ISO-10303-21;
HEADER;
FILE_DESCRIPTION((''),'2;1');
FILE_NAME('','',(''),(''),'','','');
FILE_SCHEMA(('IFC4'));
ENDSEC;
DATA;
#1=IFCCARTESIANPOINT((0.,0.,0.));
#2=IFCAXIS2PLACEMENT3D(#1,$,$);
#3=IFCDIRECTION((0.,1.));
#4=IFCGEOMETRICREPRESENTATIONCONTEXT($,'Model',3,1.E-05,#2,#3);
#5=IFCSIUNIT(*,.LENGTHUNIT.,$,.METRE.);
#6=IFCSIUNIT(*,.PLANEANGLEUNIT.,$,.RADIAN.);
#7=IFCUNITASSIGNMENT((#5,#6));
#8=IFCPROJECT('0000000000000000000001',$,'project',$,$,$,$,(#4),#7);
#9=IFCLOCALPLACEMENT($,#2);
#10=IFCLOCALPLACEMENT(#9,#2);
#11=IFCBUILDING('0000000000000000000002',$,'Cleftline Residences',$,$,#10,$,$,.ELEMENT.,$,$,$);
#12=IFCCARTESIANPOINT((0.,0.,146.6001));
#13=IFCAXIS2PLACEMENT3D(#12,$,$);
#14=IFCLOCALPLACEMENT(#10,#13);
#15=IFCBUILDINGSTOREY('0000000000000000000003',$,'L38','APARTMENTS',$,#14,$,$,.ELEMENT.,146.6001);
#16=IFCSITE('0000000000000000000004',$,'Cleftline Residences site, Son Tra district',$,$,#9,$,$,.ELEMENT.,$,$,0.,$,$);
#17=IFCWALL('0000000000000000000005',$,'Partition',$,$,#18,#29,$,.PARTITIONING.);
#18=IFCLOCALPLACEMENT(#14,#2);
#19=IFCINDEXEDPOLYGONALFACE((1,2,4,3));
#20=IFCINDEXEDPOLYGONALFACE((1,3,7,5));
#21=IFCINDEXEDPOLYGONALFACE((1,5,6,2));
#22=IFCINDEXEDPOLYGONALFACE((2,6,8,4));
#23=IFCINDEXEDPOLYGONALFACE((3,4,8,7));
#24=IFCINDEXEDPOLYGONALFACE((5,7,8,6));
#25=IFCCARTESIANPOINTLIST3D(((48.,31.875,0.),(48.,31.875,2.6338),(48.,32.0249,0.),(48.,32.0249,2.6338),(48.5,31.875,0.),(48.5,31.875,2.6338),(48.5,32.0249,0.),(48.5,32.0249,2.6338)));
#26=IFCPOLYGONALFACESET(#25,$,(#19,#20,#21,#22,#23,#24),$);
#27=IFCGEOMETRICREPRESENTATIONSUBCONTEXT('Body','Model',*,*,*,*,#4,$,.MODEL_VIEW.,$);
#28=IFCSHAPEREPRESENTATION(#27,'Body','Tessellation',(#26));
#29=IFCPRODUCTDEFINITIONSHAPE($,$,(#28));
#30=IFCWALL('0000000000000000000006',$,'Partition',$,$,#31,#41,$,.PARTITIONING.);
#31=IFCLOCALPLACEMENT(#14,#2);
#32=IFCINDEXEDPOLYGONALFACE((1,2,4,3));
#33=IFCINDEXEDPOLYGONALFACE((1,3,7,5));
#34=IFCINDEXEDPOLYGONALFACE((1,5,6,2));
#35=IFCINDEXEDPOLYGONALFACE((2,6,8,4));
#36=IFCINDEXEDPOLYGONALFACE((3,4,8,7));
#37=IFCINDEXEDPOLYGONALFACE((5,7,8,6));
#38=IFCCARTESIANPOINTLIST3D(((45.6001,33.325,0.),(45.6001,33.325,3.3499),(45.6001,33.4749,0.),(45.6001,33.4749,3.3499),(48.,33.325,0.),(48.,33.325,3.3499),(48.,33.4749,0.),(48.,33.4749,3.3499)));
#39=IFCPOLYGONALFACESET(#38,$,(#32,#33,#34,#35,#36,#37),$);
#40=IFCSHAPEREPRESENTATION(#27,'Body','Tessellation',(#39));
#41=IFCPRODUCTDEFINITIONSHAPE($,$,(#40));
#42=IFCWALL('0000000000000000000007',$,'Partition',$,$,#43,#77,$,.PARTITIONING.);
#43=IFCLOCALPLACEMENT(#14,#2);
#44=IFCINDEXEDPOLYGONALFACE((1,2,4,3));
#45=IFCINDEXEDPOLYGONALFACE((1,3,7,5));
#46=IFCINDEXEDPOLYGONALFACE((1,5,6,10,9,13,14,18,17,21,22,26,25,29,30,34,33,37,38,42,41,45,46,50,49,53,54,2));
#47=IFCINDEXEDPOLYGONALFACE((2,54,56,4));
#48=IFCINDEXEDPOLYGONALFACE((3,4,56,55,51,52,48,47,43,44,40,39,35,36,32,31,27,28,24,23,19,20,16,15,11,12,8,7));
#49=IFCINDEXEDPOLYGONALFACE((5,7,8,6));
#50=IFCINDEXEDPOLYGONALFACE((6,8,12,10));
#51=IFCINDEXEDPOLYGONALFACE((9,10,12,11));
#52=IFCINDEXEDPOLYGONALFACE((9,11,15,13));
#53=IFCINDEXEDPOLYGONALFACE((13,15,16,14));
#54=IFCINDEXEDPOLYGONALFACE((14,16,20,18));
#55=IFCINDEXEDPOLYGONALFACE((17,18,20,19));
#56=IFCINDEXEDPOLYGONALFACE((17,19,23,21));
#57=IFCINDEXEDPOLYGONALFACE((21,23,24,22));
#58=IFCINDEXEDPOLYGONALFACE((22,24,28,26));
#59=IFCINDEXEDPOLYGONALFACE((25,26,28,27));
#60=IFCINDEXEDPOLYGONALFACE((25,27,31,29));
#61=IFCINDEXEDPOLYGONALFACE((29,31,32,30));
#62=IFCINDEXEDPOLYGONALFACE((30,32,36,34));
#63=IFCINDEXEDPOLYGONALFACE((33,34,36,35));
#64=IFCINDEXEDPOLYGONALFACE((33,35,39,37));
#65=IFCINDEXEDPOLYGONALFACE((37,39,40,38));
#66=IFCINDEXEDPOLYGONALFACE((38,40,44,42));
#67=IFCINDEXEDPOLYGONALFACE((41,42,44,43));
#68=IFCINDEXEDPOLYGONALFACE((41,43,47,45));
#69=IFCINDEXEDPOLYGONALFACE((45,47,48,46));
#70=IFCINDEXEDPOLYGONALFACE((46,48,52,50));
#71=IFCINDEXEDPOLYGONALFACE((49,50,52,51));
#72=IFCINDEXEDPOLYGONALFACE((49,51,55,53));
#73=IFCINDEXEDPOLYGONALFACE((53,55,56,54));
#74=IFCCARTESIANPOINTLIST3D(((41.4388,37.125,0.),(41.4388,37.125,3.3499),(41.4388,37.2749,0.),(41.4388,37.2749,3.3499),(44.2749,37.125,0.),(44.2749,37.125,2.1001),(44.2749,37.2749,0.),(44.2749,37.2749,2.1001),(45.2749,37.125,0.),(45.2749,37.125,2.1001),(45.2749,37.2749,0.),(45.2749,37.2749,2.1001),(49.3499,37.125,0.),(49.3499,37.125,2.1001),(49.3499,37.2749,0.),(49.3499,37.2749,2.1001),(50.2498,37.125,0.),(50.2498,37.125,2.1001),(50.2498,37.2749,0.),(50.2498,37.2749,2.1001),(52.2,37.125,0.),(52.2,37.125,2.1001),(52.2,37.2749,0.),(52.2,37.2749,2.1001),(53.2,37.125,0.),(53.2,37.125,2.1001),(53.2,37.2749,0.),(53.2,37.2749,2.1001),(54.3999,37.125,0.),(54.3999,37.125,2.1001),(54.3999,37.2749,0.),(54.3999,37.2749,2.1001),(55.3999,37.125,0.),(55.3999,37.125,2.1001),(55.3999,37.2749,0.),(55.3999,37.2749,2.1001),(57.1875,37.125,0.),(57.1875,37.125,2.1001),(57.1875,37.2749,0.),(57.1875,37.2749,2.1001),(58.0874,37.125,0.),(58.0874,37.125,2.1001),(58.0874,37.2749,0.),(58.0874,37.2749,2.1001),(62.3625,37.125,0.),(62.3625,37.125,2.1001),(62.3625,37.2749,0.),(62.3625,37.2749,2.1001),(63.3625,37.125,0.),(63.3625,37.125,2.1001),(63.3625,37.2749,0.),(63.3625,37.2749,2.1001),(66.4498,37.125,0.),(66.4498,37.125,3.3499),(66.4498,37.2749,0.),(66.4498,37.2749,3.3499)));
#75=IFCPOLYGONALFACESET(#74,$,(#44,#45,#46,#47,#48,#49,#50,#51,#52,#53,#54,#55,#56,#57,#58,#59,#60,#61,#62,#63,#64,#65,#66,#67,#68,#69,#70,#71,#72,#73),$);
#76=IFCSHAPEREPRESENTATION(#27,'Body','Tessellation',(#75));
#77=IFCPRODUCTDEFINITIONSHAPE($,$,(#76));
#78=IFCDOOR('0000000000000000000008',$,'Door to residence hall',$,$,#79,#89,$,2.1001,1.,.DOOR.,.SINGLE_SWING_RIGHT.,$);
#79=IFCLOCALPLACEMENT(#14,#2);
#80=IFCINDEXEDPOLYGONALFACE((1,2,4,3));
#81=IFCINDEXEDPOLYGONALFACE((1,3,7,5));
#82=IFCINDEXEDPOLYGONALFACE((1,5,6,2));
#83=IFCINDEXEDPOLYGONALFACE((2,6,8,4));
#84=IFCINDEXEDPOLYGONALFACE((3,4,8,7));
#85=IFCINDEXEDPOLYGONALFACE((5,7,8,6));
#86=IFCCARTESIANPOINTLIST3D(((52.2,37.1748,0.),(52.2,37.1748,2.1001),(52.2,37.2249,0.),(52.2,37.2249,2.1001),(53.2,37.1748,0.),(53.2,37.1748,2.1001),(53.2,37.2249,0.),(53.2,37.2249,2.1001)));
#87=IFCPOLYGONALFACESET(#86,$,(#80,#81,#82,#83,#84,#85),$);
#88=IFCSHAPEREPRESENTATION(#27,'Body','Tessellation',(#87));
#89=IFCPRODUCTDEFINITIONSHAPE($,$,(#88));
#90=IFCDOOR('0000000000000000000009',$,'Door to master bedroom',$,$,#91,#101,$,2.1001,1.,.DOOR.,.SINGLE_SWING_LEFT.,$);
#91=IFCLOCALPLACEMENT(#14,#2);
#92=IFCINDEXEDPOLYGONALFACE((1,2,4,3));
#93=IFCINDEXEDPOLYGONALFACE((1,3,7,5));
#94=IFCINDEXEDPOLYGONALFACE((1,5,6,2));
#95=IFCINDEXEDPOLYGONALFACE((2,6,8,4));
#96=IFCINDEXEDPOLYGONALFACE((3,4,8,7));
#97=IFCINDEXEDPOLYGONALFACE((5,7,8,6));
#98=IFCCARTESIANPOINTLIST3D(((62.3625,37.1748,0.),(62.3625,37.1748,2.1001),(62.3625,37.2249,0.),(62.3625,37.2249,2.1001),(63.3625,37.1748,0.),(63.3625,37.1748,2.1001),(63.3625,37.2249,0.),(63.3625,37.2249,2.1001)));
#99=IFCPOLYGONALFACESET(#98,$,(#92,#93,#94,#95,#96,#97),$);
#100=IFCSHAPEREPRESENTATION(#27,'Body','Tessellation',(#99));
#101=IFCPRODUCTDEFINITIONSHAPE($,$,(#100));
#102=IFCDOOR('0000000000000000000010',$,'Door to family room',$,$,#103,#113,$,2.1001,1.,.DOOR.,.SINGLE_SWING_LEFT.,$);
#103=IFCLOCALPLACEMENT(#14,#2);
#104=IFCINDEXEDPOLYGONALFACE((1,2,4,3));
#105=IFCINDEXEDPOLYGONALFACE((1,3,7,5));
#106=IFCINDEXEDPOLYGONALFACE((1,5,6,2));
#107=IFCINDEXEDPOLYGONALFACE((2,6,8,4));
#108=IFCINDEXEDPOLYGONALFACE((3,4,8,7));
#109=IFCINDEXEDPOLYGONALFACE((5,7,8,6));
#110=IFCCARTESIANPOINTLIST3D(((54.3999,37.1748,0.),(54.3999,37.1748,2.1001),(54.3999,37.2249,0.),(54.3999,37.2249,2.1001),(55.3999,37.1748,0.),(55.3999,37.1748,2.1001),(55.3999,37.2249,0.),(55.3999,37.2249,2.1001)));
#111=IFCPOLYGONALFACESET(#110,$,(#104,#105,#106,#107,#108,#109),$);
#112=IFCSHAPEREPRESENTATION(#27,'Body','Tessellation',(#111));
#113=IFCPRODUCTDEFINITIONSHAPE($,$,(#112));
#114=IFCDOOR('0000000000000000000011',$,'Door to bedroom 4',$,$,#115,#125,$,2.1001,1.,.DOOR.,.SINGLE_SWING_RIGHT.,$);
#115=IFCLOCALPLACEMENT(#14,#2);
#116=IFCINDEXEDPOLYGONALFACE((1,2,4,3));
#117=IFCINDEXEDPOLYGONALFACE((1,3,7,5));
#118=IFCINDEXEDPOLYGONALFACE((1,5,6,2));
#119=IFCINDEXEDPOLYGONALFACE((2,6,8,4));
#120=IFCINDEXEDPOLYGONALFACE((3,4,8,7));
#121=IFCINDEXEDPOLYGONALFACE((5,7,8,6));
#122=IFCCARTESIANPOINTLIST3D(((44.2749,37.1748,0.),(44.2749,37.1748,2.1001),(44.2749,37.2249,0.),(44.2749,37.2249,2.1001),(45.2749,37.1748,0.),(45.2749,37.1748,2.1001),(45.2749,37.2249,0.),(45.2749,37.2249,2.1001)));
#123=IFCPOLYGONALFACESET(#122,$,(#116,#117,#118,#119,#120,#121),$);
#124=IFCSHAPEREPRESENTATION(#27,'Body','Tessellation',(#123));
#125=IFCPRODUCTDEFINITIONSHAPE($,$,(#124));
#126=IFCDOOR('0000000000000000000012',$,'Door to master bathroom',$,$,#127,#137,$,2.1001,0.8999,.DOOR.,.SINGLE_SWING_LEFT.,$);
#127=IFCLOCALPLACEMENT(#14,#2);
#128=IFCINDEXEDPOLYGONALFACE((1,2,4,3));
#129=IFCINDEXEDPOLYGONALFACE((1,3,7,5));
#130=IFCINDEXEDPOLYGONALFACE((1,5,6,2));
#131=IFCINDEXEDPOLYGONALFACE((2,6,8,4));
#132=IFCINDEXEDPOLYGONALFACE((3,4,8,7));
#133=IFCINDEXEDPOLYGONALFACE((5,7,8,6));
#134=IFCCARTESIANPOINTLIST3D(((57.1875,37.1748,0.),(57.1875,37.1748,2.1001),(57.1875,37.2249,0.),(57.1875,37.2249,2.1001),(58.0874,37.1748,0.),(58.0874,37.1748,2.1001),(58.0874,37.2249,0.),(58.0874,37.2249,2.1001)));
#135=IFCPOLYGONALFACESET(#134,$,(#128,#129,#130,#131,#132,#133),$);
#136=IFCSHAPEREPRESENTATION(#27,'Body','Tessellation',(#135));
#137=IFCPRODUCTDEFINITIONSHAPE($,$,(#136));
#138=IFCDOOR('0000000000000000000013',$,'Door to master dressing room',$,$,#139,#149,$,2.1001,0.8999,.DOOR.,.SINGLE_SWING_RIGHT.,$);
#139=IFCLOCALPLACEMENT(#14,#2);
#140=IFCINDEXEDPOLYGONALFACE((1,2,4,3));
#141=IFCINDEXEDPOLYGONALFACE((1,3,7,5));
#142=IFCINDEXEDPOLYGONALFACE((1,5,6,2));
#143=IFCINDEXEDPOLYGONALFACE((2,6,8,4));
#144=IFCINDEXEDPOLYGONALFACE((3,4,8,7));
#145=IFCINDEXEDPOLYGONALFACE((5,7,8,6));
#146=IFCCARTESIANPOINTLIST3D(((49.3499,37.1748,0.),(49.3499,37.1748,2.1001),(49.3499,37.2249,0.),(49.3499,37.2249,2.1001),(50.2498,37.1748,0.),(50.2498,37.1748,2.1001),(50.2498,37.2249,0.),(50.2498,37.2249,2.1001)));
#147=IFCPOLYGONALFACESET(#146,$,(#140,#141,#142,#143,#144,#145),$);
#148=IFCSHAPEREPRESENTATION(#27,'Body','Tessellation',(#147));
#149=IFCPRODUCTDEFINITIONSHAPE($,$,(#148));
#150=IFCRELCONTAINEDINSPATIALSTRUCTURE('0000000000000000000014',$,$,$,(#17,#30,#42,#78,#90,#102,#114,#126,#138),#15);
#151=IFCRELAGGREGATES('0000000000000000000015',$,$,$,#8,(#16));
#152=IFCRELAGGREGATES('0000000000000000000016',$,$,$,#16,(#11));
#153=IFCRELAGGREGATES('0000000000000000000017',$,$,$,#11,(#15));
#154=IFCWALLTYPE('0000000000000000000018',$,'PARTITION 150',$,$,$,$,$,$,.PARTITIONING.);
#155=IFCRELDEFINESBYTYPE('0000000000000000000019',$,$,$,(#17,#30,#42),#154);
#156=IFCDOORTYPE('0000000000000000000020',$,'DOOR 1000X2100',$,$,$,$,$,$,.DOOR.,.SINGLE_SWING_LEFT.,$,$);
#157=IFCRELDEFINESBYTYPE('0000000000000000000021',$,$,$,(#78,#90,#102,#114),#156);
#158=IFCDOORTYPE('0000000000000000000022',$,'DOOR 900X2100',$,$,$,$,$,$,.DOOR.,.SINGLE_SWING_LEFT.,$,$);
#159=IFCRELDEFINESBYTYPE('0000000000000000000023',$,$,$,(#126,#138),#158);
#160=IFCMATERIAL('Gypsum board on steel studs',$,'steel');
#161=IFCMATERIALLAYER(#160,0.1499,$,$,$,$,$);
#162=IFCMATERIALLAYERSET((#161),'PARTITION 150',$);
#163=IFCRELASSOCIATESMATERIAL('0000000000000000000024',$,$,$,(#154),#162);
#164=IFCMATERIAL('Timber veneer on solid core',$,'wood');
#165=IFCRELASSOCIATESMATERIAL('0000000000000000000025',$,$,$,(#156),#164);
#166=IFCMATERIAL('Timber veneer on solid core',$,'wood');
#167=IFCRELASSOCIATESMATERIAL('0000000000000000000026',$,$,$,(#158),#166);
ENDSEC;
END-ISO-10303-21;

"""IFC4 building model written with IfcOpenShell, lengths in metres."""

from ifc_helpers import new_model, si_unit, direction, frame, frame_2d, origin, place, context, subcontext, project, spatial, rectangle, extrude, material, layer, layer_set, type_object, element, fill, save


model = new_model("IFC4")

# Units and contexts
model_context = context("Model", 3, precision=1e-05, world=origin(), true_north=direction((0.0, 1.0)))
body_context = subcontext(model_context, "Body", "Model", "MODEL_VIEW")
ifc_project = project(units=[si_unit("LENGTHUNIT", "METRE"), si_unit("PLANEANGLEUNIT", "RADIAN")], contexts=[model_context])

# Site, building, storey
site_placement = place(None, origin())
site = spatial("IfcSite", under=ifc_project, at=site_placement, Name="Cleftline Residences site, Son Tra district", CompositionType="ELEMENT", RefElevation=0.0)
building_placement = place(site_placement, origin())
building = spatial("IfcBuilding", under=site, at=building_placement, Name="Cleftline Residences", CompositionType="ELEMENT")
storey_placement = place(building_placement, frame((0.0, 0.0, 146.6001)))
storey = spatial("IfcBuildingStorey", under=building, at=storey_placement, Name="L38", Description="APARTMENTS", CompositionType="ELEMENT", Elevation=146.6001)

# Shared definitions
ifc_material_1 = material(Name="Gypsum board on steel studs", Category="steel")
ifc_layer_1 = layer(ifc_material_1, 0.1499)
ifc_layer_set_1 = layer_set([ifc_layer_1], Name="PARTITION 150")
wall_type_1 = type_object("IfcWallType", Name="PARTITION 150", PredefinedType="PARTITIONING", material=ifc_layer_set_1)
ifc_material_2 = material(Name="Timber veneer on solid core", Category="wood")
door_type_1 = type_object("IfcDoorType", Name="DOOR 1000X2100", OperationType="SINGLE_SWING_LEFT", PredefinedType="DOOR", material=ifc_material_2)

# Walls
wall_1_placement = place(storey_placement, frame((48.0, 31.95, 0.0), z_axis=(0.0, 0.0, 1.0), x_axis=(1.0, 0.0, 0.0)))
element("IfcWall", 1, at=wall_1_placement, inside=storey, type_object=wall_type_1, Name="Partition", PredefinedType="PARTITIONING", context=body_context, shape_type="SweptSolid", body=[
    extrude(rectangle(XDim=0.5, YDim=0.1499, at=frame_2d((0.25, 0.0))), origin(), (0.0, 0.0, 1.0), 2.6338),
])
wall_2_placement = place(storey_placement, frame((45.6001, 33.3999, 0.0), z_axis=(0.0, 0.0, 1.0), x_axis=(1.0, 0.0, 0.0)))
element("IfcWall", 2, at=wall_2_placement, inside=storey, type_object=wall_type_1, Name="Partition", PredefinedType="PARTITIONING", context=body_context, shape_type="SweptSolid", body=[
    extrude(rectangle(XDim=2.3999, YDim=0.1499, at=frame_2d((1.2, 0.0))), origin(), (0.0, 0.0, 1.0), 3.3499),
])

# Wall, openings, doors
wall_3_placement = place(storey_placement, frame((41.439, 37.2, 0.0), z_axis=(0.0, 0.0, 1.0), x_axis=(1.0, 0.0, 0.0)))
wall_3 = element("IfcWall", 3, at=wall_3_placement, inside=storey, type_object=wall_type_1, Name="Partition", PredefinedType="PARTITIONING", context=body_context, shape_type="SweptSolid", body=[
    extrude(rectangle(XDim=25.011, YDim=0.1499, at=frame_2d((12.5054, 0.0))), origin(), (0.0, 0.0, 1.0), 3.3499),
])
opening_1_placement = place(wall_3_placement, frame((10.761, 0.0, 0.0)))
opening_1 = element("IfcOpeningElement", 4, at=opening_1_placement, cuts=wall_3, PredefinedType="OPENING", context=body_context, shape_type="SweptSolid", body=[
    extrude(rectangle(XDim=1.0, YDim=2.1001, at=frame_2d((0.5, 1.05))), frame((0.0, 0.085, 0.0), z_axis=(0.0, -1.0, 0.0), x_axis=(1.0, 0.0, 0.0)), (0.0, 0.0, 1.0), 0.1699),
])
opening_2_placement = place(wall_3_placement, frame((20.9236, 0.0, 0.0)))
opening_2 = element("IfcOpeningElement", 5, at=opening_2_placement, cuts=wall_3, PredefinedType="OPENING", context=body_context, shape_type="SweptSolid", body=[
    extrude(rectangle(XDim=1.0, YDim=2.1001, at=frame_2d((0.5, 1.05))), frame((0.0, 0.085, 0.0), z_axis=(0.0, -1.0, 0.0), x_axis=(1.0, 0.0, 0.0)), (0.0, 0.0, 1.0), 0.1699),
])
opening_3_placement = place(wall_3_placement, frame((15.7485, 0.0, 0.0)))
opening_3 = element("IfcOpeningElement", 6, at=opening_3_placement, cuts=wall_3, PredefinedType="OPENING", context=body_context, shape_type="SweptSolid", body=[
    extrude(rectangle(XDim=0.8999, YDim=2.1001, at=frame_2d((0.45, 1.05))), frame((0.0, 0.085, 0.0), z_axis=(0.0, -1.0, 0.0), x_axis=(1.0, 0.0, 0.0)), (0.0, 0.0, 1.0), 0.1699),
])
opening_4_placement = place(wall_3_placement, frame((12.9609, 0.0, 0.0)))
opening_4 = element("IfcOpeningElement", 7, at=opening_4_placement, cuts=wall_3, PredefinedType="OPENING", context=body_context, shape_type="SweptSolid", body=[
    extrude(rectangle(XDim=1.0, YDim=2.1001, at=frame_2d((0.5, 1.05))), frame((0.0, 0.085, 0.0), z_axis=(0.0, -1.0, 0.0), x_axis=(1.0, 0.0, 0.0)), (0.0, 0.0, 1.0), 0.1699),
])
opening_5_placement = place(wall_3_placement, frame((7.9109, 0.0, 0.0)))
opening_5 = element("IfcOpeningElement", 8, at=opening_5_placement, cuts=wall_3, PredefinedType="OPENING", context=body_context, shape_type="SweptSolid", body=[
    extrude(rectangle(XDim=0.8999, YDim=2.1001, at=frame_2d((0.45, 1.05))), frame((0.0, 0.085, 0.0), z_axis=(0.0, -1.0, 0.0), x_axis=(1.0, 0.0, 0.0)), (0.0, 0.0, 1.0), 0.1699),
])
opening_6_placement = place(wall_3_placement, frame((2.8359, 0.0, 0.0)))
opening_6 = element("IfcOpeningElement", 9, at=opening_6_placement, cuts=wall_3, PredefinedType="OPENING", context=body_context, shape_type="SweptSolid", body=[
    extrude(rectangle(XDim=1.0, YDim=2.1001, at=frame_2d((0.5, 1.05))), frame((0.0, 0.085, 0.0), z_axis=(0.0, -1.0, 0.0), x_axis=(1.0, 0.0, 0.0)), (0.0, 0.0, 1.0), 0.1699),
])
door_1_placement = place(opening_1_placement, origin())
door_1 = element("IfcDoor", 10, at=door_1_placement, inside=storey, type_object=door_type_1, Name="Door to residence hall", OperationType="SINGLE_SWING_RIGHT", OverallHeight=2.1001, OverallWidth=1.0, PredefinedType="DOOR", context=body_context, shape_type="SweptSolid", body=[
    extrude(rectangle(XDim=1.0, YDim=2.1001, at=frame_2d((0.5, 1.05))), frame((0.0, 0.0249, 0.0), z_axis=(0.0, -1.0, 0.0), x_axis=(1.0, 0.0, 0.0)), (0.0, 0.0, 1.0), 0.05),
])
fill(opening_1, door_1)
door_2_placement = place(opening_2_placement, origin())
door_2 = element("IfcDoor", 11, at=door_2_placement, inside=storey, type_object=door_type_1, Name="Door to master bedroom", OperationType="SINGLE_SWING_LEFT", OverallHeight=2.1001, OverallWidth=1.0, PredefinedType="DOOR", context=body_context, shape_type="SweptSolid", body=[
    extrude(rectangle(XDim=1.0, YDim=2.1001, at=frame_2d((0.5, 1.05))), frame((0.0, 0.0249, 0.0), z_axis=(0.0, -1.0, 0.0), x_axis=(1.0, 0.0, 0.0)), (0.0, 0.0, 1.0), 0.05),
])
fill(opening_2, door_2)
door_3_placement = place(opening_4_placement, origin())
door_3 = element("IfcDoor", 12, at=door_3_placement, inside=storey, type_object=door_type_1, Name="Door to family room", OperationType="SINGLE_SWING_LEFT", OverallHeight=2.1001, OverallWidth=1.0, PredefinedType="DOOR", context=body_context, shape_type="SweptSolid", body=[
    extrude(rectangle(XDim=1.0, YDim=2.1001, at=frame_2d((0.5, 1.05))), frame((0.0, 0.0249, 0.0), z_axis=(0.0, -1.0, 0.0), x_axis=(1.0, 0.0, 0.0)), (0.0, 0.0, 1.0), 0.05),
])
fill(opening_4, door_3)
door_4_placement = place(opening_6_placement, origin())
door_4 = element("IfcDoor", 13, at=door_4_placement, inside=storey, type_object=door_type_1, Name="Door to bedroom 4", OperationType="SINGLE_SWING_RIGHT", OverallHeight=2.1001, OverallWidth=1.0, PredefinedType="DOOR", context=body_context, shape_type="SweptSolid", body=[
    extrude(rectangle(XDim=1.0, YDim=2.1001, at=frame_2d((0.5, 1.05))), frame((0.0, 0.0249, 0.0), z_axis=(0.0, -1.0, 0.0), x_axis=(1.0, 0.0, 0.0)), (0.0, 0.0, 1.0), 0.05),
])
fill(opening_6, door_4)
ifc_material_3 = material(Name="Timber veneer on solid core", Category="wood")
door_type_2 = type_object("IfcDoorType", Name="DOOR 900X2100", OperationType="SINGLE_SWING_LEFT", PredefinedType="DOOR", material=ifc_material_3)
door_5_placement = place(opening_3_placement, origin())
door_5 = element("IfcDoor", 14, at=door_5_placement, inside=storey, type_object=door_type_2, Name="Door to master bathroom", OperationType="SINGLE_SWING_LEFT", OverallHeight=2.1001, OverallWidth=0.8999, PredefinedType="DOOR", context=body_context, shape_type="SweptSolid", body=[
    extrude(rectangle(XDim=0.8999, YDim=2.1001, at=frame_2d((0.45, 1.05))), frame((0.0, 0.0249, 0.0), z_axis=(0.0, -1.0, 0.0), x_axis=(1.0, 0.0, 0.0)), (0.0, 0.0, 1.0), 0.05),
])
fill(opening_3, door_5)
door_6_placement = place(opening_5_placement, origin())
door_6 = element("IfcDoor", 15, at=door_6_placement, inside=storey, type_object=door_type_2, Name="Door to master dressing room", OperationType="SINGLE_SWING_RIGHT", OverallHeight=2.1001, OverallWidth=0.8999, PredefinedType="DOOR", context=body_context, shape_type="SweptSolid", body=[
    extrude(rectangle(XDim=0.8999, YDim=2.1001, at=frame_2d((0.45, 1.05))), frame((0.0, 0.0249, 0.0), z_axis=(0.0, -1.0, 0.0), x_axis=(1.0, 0.0, 0.0)), (0.0, 0.0, 1.0), 0.05),
])
fill(opening_5, door_6)

save(model, "model.ifc")
